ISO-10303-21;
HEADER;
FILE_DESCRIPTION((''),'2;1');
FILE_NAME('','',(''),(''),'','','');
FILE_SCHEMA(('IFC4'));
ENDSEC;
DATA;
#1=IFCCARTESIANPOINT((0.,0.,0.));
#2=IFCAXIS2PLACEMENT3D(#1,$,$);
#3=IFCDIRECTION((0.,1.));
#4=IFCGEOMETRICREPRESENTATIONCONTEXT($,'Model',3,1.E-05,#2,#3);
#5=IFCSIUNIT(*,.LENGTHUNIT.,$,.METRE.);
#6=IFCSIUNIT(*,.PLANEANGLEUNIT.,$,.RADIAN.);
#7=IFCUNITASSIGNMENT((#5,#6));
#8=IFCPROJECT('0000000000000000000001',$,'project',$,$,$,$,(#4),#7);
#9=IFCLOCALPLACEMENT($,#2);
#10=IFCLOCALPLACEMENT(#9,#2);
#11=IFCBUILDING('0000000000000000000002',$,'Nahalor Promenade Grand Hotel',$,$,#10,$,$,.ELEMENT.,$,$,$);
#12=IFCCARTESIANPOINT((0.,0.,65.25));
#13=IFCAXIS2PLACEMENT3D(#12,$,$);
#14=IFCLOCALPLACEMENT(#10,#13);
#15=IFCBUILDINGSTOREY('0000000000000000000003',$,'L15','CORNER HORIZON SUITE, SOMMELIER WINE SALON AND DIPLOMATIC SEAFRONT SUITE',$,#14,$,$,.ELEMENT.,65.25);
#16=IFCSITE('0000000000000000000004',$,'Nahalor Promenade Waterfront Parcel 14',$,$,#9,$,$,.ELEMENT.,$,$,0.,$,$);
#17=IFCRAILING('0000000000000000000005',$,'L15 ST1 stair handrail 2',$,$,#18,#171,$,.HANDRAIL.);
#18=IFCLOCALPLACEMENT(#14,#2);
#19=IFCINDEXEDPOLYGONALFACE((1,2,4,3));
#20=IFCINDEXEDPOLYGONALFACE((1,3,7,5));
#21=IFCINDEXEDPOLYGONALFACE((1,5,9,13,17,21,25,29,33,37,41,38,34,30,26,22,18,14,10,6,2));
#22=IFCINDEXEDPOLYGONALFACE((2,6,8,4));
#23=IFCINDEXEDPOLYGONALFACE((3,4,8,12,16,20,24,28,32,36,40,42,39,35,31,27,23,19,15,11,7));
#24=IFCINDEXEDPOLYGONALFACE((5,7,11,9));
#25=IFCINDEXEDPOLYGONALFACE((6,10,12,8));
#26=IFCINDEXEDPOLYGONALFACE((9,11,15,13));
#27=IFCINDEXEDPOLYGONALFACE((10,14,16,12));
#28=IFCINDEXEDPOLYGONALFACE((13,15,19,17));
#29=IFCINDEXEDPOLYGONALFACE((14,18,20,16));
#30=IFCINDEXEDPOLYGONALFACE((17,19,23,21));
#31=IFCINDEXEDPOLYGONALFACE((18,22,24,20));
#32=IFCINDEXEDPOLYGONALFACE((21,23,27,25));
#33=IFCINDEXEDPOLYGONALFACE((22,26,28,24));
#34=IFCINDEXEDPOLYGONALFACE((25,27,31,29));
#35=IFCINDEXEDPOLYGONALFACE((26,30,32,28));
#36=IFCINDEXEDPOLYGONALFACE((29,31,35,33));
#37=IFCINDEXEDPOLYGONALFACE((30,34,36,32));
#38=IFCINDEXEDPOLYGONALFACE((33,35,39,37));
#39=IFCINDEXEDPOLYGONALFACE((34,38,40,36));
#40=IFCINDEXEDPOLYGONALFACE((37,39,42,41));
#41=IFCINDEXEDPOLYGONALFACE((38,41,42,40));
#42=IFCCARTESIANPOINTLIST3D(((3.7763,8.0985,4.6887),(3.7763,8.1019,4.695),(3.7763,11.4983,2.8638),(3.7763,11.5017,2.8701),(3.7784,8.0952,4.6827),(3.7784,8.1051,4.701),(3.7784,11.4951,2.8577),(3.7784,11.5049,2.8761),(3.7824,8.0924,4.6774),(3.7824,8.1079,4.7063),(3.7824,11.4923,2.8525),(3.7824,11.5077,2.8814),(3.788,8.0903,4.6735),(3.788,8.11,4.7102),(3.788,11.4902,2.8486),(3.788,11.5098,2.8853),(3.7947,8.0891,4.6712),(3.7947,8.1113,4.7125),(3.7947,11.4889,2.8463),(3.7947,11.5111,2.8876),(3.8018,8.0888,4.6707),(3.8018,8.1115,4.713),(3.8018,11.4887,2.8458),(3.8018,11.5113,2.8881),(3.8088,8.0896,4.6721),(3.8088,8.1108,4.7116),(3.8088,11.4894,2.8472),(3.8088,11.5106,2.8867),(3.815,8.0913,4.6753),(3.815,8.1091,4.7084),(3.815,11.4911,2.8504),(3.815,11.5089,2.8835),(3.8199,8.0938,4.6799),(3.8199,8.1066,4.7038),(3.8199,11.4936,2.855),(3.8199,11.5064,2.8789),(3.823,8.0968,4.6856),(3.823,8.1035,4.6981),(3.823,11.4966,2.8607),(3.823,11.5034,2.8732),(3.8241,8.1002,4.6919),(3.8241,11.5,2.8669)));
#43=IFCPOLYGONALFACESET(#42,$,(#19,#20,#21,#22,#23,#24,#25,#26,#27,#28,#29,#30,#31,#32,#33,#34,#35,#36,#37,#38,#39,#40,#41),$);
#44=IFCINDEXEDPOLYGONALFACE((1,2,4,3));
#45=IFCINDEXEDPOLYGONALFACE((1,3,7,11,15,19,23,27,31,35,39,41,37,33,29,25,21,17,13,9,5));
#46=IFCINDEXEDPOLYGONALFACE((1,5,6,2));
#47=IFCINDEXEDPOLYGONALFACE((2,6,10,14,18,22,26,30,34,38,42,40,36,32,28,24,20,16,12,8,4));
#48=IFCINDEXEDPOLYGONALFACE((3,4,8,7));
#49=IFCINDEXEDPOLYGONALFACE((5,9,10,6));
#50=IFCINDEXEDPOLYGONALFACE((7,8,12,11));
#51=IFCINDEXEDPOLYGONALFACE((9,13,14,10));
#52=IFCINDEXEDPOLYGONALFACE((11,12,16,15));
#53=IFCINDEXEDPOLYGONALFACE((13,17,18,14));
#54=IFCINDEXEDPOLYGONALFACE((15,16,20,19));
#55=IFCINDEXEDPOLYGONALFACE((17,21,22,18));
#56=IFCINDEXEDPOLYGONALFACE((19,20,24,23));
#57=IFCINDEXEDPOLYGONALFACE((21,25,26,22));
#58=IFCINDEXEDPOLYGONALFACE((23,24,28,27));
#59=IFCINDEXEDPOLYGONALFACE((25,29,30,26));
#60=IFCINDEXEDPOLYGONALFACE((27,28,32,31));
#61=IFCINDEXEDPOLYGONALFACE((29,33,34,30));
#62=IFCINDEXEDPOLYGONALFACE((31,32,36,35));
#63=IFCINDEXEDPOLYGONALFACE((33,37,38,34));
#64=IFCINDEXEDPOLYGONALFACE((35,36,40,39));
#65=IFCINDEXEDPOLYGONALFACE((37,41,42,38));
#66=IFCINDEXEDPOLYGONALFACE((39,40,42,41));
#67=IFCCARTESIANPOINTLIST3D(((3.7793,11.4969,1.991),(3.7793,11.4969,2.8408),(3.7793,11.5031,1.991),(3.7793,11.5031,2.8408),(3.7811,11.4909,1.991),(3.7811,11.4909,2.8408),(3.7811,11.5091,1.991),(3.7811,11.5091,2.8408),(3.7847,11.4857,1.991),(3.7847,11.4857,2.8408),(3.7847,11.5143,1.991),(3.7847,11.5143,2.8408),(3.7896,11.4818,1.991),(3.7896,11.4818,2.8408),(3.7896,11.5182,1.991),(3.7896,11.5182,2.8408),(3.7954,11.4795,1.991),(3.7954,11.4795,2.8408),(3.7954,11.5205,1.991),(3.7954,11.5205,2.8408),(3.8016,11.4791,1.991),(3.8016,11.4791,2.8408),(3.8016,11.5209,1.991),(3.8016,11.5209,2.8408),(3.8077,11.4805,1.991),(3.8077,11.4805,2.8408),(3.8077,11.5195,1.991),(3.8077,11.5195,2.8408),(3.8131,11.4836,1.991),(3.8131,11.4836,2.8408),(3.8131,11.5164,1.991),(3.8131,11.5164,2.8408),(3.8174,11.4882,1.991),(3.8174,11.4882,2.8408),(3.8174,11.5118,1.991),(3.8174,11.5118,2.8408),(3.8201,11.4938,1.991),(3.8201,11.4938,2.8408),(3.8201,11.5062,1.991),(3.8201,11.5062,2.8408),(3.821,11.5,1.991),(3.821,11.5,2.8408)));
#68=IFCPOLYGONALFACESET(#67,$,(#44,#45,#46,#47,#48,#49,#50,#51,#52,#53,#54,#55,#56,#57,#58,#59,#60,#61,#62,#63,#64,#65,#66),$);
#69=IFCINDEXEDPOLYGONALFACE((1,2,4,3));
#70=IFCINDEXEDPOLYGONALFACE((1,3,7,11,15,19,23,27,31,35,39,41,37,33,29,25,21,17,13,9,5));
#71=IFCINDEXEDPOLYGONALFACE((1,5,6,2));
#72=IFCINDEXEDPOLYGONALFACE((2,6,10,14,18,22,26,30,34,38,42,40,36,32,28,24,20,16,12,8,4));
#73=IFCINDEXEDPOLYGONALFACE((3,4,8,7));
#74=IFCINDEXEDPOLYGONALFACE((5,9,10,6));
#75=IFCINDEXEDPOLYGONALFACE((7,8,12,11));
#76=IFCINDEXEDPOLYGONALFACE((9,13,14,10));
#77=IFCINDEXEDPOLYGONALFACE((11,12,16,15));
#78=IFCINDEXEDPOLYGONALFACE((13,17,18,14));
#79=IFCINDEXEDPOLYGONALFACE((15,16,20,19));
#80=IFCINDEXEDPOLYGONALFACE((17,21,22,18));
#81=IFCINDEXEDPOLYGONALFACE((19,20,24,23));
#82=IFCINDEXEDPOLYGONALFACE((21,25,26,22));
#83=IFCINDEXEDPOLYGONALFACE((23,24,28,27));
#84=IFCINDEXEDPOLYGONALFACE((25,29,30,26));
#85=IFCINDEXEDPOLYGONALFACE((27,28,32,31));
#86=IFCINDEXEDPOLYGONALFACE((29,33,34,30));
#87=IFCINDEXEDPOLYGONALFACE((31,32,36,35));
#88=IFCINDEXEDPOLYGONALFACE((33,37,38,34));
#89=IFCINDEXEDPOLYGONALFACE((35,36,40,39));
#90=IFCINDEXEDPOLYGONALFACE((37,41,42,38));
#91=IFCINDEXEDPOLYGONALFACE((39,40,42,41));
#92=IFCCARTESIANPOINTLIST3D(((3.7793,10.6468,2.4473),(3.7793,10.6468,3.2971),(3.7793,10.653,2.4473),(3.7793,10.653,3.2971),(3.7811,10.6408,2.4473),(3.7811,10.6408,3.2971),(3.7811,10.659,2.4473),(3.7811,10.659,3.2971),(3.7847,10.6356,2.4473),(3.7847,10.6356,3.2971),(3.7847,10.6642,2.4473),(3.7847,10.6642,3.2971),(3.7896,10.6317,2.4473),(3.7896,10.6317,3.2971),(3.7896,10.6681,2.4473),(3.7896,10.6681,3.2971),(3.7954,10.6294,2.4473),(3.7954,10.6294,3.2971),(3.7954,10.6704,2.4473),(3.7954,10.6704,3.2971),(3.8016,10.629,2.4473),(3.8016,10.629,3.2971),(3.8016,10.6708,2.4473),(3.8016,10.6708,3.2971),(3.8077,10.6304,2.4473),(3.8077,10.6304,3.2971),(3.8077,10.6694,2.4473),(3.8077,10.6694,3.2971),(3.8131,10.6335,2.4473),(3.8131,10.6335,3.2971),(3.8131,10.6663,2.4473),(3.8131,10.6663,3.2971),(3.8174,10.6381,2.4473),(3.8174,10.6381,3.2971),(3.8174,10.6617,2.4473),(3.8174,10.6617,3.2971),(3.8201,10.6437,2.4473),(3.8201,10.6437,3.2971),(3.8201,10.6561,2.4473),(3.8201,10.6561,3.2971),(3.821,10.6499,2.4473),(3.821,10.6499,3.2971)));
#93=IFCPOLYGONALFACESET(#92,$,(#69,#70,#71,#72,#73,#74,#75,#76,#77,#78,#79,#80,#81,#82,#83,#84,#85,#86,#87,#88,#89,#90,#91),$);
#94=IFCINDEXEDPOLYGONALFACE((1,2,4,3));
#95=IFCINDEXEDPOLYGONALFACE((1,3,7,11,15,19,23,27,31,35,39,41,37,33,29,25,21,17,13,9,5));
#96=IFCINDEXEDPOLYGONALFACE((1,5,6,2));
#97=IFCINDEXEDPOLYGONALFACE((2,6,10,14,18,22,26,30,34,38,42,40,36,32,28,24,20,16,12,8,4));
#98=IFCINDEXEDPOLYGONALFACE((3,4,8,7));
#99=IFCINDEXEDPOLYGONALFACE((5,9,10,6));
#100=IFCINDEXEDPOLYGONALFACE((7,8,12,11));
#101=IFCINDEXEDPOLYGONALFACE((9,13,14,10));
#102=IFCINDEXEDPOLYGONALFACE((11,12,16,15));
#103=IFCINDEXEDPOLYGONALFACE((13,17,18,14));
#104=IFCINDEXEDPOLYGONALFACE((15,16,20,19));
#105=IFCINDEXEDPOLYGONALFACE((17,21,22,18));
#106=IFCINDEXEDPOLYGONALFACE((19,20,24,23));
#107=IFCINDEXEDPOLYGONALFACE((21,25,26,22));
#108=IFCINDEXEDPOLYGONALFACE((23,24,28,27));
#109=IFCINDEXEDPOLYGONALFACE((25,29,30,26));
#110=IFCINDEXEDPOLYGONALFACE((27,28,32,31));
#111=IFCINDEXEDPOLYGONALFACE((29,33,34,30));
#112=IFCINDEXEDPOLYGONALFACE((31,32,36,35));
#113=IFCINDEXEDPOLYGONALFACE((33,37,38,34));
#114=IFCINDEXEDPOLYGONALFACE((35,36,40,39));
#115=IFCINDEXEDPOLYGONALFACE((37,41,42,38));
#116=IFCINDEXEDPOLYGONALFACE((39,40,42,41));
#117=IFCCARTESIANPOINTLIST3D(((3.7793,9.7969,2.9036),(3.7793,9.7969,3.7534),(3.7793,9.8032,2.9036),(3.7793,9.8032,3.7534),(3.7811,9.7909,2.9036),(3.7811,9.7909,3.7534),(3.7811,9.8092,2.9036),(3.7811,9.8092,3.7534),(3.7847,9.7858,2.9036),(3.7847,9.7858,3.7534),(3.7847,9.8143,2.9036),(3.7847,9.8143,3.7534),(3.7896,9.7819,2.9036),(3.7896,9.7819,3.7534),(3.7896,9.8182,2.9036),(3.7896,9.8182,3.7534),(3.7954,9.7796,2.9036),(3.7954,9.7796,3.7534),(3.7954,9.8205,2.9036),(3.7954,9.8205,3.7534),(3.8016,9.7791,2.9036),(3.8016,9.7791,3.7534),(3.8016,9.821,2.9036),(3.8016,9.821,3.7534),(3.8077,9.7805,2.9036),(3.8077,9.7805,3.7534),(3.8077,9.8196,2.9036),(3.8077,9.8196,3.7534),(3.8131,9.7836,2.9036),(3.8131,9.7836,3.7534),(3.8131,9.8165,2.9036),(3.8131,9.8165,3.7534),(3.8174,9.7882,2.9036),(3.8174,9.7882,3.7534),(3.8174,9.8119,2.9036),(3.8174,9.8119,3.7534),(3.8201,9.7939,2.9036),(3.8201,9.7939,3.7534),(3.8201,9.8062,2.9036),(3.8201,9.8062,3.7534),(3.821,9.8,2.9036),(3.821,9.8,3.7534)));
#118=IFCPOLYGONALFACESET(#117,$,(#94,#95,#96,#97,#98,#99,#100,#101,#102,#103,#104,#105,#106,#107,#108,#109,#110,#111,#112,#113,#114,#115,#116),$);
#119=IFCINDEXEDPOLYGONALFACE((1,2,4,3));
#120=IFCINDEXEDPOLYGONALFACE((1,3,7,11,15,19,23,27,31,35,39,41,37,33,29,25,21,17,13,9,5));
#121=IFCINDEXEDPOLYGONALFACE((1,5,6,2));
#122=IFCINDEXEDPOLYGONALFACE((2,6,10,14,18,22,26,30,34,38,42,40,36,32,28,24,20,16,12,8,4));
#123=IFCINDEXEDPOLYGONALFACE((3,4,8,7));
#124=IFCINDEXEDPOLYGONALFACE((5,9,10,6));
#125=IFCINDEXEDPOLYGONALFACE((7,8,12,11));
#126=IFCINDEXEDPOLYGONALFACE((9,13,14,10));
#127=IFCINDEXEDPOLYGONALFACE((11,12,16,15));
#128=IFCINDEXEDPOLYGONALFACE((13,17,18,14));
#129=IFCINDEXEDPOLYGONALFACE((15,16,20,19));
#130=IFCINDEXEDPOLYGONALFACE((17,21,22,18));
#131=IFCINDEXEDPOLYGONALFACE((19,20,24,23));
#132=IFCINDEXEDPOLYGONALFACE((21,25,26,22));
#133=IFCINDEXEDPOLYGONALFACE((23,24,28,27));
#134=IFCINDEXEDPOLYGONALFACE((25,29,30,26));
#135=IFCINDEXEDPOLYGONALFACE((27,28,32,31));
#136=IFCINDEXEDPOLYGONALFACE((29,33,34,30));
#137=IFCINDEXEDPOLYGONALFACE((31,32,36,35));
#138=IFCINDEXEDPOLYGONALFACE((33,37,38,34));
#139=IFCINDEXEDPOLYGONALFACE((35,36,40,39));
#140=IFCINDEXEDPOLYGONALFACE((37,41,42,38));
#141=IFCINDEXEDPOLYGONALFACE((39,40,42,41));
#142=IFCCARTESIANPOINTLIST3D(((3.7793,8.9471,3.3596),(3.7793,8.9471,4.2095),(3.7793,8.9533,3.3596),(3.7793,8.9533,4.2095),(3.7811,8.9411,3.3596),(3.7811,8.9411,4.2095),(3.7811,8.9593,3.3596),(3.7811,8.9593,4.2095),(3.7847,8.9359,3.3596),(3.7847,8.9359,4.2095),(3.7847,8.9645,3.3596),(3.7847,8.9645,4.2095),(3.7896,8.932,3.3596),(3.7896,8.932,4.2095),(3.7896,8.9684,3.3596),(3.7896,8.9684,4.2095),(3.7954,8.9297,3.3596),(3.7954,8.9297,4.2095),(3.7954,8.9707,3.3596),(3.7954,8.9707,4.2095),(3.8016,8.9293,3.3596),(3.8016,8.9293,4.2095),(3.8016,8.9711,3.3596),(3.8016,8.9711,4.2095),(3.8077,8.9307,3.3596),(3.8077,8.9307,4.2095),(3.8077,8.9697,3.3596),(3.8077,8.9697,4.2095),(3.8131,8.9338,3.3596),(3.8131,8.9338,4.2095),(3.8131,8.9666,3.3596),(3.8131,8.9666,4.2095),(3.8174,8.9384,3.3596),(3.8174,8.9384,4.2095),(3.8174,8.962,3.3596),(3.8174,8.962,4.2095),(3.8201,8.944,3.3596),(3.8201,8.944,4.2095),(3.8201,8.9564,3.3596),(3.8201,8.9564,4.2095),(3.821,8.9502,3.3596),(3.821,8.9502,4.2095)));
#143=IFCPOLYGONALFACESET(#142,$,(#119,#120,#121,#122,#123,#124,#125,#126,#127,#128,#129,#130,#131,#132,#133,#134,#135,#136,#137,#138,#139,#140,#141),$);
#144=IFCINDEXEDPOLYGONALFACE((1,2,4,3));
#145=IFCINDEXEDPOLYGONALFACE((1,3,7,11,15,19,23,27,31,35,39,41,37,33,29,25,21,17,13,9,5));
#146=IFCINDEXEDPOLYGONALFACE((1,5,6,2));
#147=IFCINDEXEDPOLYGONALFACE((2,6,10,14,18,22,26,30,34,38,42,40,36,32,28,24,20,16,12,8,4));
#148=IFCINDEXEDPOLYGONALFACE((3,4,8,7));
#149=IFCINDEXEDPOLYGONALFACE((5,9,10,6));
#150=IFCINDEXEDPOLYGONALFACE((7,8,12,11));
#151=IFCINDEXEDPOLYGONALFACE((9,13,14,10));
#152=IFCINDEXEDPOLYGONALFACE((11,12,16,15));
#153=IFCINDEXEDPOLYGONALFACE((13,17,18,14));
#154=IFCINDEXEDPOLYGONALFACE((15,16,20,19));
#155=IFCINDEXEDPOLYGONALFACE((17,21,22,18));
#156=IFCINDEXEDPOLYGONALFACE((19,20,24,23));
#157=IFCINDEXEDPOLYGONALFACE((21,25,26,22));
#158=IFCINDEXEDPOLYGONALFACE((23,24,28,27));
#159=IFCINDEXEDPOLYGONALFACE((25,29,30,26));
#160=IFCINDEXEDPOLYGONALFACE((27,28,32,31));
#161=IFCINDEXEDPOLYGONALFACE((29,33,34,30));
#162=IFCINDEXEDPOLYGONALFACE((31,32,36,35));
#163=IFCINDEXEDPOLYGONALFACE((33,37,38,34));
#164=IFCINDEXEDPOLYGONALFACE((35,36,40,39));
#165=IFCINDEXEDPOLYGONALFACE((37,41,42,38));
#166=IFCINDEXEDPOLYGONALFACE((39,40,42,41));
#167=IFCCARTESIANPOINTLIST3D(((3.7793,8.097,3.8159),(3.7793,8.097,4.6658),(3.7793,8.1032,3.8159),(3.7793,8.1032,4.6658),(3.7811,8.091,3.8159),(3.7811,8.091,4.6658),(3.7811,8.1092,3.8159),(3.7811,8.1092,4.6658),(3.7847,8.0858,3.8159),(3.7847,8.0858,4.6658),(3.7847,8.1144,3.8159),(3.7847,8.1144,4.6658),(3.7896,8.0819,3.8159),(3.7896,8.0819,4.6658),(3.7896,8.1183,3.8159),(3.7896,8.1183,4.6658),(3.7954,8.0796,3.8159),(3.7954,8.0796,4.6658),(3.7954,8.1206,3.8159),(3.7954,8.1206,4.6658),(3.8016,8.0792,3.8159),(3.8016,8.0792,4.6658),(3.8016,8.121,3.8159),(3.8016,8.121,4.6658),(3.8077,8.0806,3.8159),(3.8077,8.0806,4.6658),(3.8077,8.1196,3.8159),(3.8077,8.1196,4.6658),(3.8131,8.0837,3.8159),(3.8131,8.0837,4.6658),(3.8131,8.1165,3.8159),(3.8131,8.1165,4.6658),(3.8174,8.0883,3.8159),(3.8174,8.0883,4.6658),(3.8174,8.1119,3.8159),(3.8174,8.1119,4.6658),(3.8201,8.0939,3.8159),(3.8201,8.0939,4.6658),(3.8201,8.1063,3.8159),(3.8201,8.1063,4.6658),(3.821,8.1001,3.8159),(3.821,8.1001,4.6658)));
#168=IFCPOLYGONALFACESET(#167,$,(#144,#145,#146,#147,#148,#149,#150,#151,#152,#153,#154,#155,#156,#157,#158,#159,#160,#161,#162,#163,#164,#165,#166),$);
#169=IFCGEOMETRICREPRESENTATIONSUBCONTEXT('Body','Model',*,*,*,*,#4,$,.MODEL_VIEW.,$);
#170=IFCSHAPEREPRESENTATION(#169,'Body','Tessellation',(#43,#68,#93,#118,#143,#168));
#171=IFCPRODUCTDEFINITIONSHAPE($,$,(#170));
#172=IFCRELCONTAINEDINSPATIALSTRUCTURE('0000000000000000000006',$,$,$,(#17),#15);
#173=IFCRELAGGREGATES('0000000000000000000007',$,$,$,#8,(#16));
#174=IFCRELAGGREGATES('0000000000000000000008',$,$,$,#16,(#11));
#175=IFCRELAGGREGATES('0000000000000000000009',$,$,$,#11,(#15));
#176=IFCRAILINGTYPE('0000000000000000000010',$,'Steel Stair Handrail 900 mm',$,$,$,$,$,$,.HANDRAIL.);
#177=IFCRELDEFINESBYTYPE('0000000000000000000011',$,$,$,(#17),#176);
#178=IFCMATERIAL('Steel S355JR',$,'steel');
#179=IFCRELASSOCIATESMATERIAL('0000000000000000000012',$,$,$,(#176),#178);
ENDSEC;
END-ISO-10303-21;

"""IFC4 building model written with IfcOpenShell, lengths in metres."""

from ifc_helpers import new_model, si_unit, direction, frame, origin, origin_2d, place, context, subcontext, project, spatial, circle, extrude, material, type_object, element, save


model = new_model("IFC4")

# Units and contexts
model_context = context("Model", 3, precision=1e-05, world=origin(), true_north=direction((0.0, 1.0)))
body_context = subcontext(model_context, "Body", "Model", "MODEL_VIEW")
ifc_project = project(units=[si_unit("LENGTHUNIT", "METRE"), si_unit("PLANEANGLEUNIT", "RADIAN")], contexts=[model_context])

# Site, building, storey
site_placement = place(None, origin())
site = spatial("IfcSite", under=ifc_project, at=site_placement, Name="Nahalor Promenade Waterfront Parcel 14", CompositionType="ELEMENT", RefElevation=0.0)
building_placement = place(site_placement, origin())
building = spatial("IfcBuilding", under=site, at=building_placement, Name="Nahalor Promenade Grand Hotel", CompositionType="ELEMENT")
storey_placement = place(building_placement, frame((0.0, 0.0, 65.25)))
storey = spatial("IfcBuildingStorey", under=building, at=storey_placement, Name="L15", Description="CORNER HORIZON SUITE, SOMMELIER WINE SALON AND DIPLOMATIC SEAFRONT SUITE", CompositionType="ELEMENT", Elevation=65.25)

# Shared definitions
ifc_material_1 = material(Name="Steel S355JR", Category="steel")

# Railing
railing_type_1 = type_object("IfcRailingType", Name="Steel Stair Handrail 900 mm", PredefinedType="HANDRAIL", material=ifc_material_1)
railing_1_placement = place(storey_placement, frame((3.8, 11.5, 1.991)))
element("IfcRailing", 1, at=railing_1_placement, inside=storey, type_object=railing_type_1, Name="L15 ST1 stair handrail 2", PredefinedType="HANDRAIL", context=body_context, shape_type="SweptSolid", body=[
    extrude(circle(Radius=0.024, at=origin_2d()), frame((0.0, 0.0, 0.876), z_axis=(0.0, -0.881094, 0.472941), x_axis=(1.0, 0.0, 0.0)), (0.0, 0.0, 1.0), 3.8586),
    extrude(circle(Radius=0.021, at=origin_2d()), origin(), (0.0, 0.0, 1.0), 0.8499),
    extrude(circle(Radius=0.021, at=origin_2d()), frame((0.0, -0.8501, 0.4563)), (0.0, 0.0, 1.0), 0.8499),
    extrude(circle(Radius=0.021, at=origin_2d()), frame((0.0, -1.7, 0.9126)), (0.0, 0.0, 1.0), 0.8499),
    extrude(circle(Radius=0.021, at=origin_2d()), frame((0.0, -2.5498, 1.3687)), (0.0, 0.0, 1.0), 0.8499),
    extrude(circle(Radius=0.021, at=origin_2d()), frame((0.0, -3.3999, 1.825)), (0.0, 0.0, 1.0), 0.8499),
])

save(model, "model.ifc")
